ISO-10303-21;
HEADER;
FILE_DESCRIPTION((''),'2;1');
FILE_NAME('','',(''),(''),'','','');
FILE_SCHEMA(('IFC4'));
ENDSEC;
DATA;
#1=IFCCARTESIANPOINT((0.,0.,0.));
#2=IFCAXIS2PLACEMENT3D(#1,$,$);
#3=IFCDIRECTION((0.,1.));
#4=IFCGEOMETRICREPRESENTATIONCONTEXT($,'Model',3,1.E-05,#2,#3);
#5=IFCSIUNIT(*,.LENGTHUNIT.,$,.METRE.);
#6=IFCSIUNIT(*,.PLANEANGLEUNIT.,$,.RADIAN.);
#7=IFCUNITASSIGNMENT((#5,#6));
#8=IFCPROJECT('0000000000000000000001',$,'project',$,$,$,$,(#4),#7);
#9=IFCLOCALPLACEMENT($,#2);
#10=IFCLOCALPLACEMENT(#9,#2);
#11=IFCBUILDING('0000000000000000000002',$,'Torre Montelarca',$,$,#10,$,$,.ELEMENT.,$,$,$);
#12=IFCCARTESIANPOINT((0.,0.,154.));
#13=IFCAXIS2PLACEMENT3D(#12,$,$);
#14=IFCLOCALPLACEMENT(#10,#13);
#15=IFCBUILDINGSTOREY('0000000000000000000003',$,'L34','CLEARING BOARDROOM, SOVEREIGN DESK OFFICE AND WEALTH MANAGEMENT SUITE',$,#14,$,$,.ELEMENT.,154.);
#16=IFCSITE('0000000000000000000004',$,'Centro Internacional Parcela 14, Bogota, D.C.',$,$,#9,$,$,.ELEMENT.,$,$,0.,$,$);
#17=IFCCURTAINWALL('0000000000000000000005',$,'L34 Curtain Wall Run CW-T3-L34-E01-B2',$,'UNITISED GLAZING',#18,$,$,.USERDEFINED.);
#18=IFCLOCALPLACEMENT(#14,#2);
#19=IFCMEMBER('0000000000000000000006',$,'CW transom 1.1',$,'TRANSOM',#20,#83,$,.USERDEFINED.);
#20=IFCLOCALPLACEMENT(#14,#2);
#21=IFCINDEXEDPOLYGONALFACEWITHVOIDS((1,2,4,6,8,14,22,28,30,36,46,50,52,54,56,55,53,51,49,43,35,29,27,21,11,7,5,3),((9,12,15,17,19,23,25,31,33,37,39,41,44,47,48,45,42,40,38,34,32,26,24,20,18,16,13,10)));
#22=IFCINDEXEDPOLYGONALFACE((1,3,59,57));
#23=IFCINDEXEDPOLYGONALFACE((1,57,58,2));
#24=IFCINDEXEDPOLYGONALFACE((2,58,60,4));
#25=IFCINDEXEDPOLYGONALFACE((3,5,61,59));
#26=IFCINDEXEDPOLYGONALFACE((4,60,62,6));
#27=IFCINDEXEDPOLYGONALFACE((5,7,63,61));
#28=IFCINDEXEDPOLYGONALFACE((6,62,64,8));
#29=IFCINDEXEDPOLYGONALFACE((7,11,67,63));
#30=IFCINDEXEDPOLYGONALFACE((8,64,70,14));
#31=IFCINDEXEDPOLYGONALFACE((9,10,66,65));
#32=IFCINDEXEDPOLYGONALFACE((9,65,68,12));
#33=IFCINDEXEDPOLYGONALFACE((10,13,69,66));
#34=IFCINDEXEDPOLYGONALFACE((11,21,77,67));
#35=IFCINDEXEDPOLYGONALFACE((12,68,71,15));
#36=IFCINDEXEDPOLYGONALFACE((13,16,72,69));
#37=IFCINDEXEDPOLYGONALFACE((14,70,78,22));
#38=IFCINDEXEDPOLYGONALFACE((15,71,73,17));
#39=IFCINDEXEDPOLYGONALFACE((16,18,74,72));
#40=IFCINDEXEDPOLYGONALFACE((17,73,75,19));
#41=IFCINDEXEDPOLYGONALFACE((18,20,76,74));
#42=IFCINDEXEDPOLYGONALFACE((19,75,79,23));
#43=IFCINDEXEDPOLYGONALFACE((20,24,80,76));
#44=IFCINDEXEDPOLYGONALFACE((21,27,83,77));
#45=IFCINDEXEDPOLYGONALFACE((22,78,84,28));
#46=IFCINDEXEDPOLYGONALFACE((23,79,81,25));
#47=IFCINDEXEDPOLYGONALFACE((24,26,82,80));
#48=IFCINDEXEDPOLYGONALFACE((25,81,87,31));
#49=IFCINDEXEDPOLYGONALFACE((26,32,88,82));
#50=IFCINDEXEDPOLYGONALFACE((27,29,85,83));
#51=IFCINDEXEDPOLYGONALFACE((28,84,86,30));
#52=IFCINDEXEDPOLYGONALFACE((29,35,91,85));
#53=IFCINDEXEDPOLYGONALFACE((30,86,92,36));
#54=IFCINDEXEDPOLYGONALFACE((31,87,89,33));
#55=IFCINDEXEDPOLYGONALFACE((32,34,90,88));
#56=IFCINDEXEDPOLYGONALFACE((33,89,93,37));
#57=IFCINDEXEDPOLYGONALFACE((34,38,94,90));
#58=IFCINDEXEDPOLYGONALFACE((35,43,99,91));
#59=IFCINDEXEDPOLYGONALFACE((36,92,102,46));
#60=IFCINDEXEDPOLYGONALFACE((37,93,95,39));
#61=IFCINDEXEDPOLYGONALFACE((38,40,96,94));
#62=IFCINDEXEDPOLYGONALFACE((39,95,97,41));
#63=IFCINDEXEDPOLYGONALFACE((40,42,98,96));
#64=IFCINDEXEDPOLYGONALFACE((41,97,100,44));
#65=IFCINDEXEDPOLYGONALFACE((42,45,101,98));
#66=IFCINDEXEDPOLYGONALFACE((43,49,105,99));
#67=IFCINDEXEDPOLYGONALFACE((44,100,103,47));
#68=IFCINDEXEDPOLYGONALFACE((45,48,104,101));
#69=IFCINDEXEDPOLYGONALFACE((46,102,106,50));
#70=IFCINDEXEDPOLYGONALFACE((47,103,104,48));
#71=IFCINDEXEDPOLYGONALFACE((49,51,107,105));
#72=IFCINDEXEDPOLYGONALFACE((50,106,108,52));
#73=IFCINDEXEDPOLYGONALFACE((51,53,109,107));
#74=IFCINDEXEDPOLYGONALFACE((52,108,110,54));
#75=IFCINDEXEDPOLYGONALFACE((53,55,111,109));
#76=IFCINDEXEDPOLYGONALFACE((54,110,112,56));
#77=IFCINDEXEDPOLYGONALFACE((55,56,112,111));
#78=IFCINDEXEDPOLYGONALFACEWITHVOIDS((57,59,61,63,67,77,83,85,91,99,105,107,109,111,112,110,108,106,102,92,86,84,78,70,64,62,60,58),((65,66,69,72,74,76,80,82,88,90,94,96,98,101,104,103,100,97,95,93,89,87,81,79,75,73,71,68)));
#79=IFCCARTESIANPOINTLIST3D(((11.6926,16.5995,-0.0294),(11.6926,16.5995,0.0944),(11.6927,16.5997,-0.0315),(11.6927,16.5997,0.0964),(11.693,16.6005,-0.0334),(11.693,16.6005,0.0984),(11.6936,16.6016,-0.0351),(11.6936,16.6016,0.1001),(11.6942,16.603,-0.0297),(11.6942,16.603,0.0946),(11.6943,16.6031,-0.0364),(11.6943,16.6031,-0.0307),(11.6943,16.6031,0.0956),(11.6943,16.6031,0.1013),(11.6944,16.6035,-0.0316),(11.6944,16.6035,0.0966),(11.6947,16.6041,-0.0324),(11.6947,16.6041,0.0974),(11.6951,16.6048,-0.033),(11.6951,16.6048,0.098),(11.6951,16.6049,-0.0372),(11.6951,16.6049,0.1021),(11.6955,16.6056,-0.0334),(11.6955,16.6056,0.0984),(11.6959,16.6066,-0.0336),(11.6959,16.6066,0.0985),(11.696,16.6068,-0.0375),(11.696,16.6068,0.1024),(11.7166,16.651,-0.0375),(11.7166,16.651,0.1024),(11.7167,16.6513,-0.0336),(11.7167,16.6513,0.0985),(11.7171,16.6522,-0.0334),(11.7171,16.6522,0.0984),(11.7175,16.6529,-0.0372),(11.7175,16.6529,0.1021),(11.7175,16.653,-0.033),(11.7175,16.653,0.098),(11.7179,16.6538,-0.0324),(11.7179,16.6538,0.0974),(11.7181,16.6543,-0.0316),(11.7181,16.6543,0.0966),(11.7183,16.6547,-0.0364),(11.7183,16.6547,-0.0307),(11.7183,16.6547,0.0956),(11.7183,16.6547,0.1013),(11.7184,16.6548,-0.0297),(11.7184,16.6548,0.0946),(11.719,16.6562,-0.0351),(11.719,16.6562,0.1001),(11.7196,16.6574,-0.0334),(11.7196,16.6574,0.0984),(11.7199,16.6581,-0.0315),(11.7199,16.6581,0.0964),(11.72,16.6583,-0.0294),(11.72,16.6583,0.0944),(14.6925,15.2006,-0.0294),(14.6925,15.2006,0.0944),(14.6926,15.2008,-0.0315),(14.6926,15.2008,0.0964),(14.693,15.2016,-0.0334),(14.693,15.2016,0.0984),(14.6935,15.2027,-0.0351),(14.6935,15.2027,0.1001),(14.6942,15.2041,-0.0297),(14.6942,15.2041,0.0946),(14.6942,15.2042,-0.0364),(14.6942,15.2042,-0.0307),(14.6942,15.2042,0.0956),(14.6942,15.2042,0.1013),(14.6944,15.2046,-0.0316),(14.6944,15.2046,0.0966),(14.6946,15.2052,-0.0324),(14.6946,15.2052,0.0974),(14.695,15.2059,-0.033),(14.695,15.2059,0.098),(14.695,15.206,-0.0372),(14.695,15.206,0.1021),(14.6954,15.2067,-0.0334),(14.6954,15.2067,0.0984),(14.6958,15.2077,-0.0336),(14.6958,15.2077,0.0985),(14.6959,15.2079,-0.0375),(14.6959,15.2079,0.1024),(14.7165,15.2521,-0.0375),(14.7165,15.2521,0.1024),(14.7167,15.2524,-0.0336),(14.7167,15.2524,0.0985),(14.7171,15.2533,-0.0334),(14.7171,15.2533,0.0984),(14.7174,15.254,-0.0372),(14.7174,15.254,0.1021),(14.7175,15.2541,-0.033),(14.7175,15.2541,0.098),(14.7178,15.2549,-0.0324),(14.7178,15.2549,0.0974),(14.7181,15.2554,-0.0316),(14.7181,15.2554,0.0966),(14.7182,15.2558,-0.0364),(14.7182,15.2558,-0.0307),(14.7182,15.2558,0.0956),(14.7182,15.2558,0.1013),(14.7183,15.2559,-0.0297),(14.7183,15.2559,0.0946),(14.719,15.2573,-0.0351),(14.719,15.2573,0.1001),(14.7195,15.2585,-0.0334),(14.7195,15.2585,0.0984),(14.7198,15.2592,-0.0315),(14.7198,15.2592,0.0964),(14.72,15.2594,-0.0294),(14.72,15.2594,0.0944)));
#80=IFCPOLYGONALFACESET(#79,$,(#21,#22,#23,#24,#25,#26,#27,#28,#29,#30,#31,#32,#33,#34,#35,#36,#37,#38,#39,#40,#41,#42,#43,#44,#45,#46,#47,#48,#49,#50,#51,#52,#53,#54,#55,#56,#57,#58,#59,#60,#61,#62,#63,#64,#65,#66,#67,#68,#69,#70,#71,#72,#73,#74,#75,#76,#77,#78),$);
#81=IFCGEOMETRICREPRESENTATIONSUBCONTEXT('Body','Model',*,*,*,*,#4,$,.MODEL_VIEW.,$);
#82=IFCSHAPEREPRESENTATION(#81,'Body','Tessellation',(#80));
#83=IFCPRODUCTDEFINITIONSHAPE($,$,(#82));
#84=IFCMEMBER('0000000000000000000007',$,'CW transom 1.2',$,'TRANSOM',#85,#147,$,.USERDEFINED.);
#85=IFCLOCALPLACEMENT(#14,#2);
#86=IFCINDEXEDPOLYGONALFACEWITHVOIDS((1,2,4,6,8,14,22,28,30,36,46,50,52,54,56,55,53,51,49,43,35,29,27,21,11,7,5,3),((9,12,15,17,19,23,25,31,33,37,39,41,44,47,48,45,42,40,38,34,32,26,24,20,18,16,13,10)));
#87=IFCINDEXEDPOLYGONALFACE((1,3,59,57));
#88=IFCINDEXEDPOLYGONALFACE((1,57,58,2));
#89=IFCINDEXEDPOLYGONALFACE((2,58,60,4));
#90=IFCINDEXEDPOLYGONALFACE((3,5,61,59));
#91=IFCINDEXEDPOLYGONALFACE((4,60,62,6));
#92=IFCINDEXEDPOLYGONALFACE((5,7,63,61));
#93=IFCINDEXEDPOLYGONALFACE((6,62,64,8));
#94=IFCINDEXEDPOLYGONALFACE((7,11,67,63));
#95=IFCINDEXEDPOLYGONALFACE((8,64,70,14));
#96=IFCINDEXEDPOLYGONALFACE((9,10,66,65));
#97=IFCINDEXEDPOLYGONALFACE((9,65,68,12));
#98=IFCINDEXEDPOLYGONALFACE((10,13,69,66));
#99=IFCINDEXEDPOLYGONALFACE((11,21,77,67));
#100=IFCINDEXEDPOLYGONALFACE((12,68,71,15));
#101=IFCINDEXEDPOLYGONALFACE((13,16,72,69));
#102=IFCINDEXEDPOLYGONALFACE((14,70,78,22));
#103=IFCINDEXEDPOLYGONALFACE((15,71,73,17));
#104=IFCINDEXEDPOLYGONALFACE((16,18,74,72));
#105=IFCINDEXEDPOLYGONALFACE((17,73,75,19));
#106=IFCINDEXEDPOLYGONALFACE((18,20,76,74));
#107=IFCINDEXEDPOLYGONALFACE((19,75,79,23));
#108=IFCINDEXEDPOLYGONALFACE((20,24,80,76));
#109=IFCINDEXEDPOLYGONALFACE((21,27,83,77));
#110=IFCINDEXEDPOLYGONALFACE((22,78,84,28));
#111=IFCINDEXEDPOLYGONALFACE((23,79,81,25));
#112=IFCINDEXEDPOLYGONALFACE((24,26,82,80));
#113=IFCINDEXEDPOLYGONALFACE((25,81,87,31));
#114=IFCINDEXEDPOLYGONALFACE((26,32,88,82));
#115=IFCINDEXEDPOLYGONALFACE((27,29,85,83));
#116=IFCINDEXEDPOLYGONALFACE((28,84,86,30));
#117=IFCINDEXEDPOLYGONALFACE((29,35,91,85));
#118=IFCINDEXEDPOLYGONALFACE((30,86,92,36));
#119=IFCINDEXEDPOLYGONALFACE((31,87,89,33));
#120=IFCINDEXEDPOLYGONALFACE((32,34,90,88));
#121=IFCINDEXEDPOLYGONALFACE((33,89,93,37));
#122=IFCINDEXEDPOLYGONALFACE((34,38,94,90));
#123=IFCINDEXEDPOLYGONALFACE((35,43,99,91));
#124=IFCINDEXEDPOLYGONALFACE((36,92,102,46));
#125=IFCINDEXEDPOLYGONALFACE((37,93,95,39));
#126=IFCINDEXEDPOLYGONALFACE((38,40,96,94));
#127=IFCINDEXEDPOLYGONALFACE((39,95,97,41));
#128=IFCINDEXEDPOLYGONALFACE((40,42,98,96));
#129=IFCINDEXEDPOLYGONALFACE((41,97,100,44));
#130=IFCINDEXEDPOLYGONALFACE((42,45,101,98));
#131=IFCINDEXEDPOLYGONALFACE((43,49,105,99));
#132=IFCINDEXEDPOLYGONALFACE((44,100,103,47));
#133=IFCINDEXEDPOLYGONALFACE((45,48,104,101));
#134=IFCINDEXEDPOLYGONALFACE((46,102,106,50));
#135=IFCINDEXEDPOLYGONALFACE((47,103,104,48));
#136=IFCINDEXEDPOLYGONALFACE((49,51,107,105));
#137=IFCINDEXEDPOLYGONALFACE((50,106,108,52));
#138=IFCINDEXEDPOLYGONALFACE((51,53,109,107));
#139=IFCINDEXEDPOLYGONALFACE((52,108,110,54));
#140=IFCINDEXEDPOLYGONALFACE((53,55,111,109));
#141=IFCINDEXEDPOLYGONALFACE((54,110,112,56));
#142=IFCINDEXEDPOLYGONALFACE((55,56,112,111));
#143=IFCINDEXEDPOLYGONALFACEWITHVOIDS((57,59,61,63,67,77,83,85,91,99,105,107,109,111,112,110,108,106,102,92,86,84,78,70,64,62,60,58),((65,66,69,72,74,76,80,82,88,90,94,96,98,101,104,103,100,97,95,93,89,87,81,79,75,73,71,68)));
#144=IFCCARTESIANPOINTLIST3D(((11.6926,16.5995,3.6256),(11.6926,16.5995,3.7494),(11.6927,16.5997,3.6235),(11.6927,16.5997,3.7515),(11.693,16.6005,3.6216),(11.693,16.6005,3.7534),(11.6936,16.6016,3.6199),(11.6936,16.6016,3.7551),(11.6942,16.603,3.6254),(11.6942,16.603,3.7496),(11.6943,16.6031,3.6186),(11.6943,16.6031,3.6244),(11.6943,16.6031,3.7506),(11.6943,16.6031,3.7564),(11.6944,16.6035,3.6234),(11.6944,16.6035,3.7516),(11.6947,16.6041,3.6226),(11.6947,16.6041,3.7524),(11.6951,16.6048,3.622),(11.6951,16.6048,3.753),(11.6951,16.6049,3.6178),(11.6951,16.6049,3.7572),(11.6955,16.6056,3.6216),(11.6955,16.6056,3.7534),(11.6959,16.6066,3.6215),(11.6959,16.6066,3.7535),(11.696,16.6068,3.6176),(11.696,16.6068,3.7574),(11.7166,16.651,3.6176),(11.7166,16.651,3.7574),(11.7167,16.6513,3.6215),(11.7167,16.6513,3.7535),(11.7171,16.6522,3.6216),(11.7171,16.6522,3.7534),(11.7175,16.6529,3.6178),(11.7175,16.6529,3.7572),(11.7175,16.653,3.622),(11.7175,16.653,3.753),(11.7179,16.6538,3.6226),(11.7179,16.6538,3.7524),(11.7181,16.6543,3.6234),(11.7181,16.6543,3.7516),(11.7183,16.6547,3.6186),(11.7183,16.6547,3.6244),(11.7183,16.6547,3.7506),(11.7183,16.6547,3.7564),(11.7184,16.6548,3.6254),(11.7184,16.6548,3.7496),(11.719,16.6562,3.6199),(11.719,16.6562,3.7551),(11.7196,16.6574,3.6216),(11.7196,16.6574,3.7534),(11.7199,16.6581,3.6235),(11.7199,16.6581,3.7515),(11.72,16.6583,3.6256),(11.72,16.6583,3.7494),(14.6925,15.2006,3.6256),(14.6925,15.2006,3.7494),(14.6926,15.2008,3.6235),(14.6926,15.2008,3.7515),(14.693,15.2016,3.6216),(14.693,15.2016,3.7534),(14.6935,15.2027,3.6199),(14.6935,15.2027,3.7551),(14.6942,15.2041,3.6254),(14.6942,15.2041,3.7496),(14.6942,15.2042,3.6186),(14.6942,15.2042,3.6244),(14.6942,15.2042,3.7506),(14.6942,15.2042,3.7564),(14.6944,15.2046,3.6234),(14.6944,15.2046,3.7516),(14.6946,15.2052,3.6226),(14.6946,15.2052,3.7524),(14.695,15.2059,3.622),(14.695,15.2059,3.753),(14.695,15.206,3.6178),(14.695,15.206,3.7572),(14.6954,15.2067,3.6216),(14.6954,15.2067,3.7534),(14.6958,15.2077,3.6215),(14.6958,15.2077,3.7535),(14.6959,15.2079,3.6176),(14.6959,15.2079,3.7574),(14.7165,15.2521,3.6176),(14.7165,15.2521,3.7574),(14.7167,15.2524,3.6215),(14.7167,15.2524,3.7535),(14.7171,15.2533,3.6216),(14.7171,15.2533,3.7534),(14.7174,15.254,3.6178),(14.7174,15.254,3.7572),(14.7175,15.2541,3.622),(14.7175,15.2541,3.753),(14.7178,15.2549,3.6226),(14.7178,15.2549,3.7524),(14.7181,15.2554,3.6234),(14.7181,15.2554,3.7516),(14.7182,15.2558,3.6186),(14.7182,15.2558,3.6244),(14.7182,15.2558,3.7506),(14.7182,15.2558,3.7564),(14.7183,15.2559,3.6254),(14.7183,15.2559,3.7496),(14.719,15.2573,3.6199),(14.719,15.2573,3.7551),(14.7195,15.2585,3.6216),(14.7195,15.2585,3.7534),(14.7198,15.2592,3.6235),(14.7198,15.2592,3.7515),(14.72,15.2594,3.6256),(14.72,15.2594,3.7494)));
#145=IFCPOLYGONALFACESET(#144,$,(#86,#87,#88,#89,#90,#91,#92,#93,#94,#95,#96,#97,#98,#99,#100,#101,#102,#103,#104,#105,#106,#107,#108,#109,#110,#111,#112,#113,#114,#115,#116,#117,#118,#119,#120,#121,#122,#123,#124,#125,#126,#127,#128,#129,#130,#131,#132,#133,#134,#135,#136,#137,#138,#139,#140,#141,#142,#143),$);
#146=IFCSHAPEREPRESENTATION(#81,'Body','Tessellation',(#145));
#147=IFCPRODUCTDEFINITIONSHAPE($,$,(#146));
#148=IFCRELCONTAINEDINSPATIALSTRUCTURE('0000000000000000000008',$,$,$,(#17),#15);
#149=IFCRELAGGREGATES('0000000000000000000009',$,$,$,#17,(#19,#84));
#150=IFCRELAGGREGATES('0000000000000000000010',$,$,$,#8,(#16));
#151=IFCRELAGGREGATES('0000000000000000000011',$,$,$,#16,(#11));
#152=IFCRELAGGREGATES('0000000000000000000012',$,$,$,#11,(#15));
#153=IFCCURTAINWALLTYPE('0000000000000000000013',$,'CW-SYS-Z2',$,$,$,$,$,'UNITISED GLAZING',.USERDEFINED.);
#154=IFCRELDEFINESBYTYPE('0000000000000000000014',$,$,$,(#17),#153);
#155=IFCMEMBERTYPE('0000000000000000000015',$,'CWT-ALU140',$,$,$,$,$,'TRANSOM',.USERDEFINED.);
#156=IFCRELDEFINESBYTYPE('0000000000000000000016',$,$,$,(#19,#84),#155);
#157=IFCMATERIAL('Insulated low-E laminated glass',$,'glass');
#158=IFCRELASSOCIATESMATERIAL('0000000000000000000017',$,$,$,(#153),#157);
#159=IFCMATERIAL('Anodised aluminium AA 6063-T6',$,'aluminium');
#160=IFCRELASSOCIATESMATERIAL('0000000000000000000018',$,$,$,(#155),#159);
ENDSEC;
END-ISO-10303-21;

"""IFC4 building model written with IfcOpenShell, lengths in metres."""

from ifc_helpers import new_model, si_unit, direction, frame, origin, origin_2d, place, context, subcontext, project, spatial, hollow_rectangle, extrude, source, transform, mapped, material, material_profile, profile_set, type_object, element, aggregate, save


model = new_model("IFC4")

# Units and contexts
model_context = context("Model", 3, precision=1e-05, world=origin(), true_north=direction((0.0, 1.0)))
body_context = subcontext(model_context, "Body", "Model", "MODEL_VIEW")
ifc_project = project(units=[si_unit("LENGTHUNIT", "METRE"), si_unit("PLANEANGLEUNIT", "RADIAN")], contexts=[model_context])

# Site, building, storey
site_placement = place(None, origin())
site = spatial("IfcSite", under=ifc_project, at=site_placement, Name="Centro Internacional Parcela 14, Bogota, D.C.", CompositionType="ELEMENT", RefElevation=0.0)
building_placement = place(site_placement, origin())
building = spatial("IfcBuilding", under=site, at=building_placement, Name="Torre Montelarca", CompositionType="ELEMENT")
storey_placement = place(building_placement, frame((0.0, 0.0, 154.0)))
storey = spatial("IfcBuildingStorey", under=building, at=storey_placement, Name="L34", Description="CLEARING BOARDROOM, SOVEREIGN DESK OFFICE AND WEALTH MANAGEMENT SUITE", CompositionType="ELEMENT", Elevation=154.0)

# Shared definitions
ifc_material_1 = material(Name="Insulated low-E laminated glass", Category="glass")
curtain_wall_type = type_object("IfcCurtainWallType", Name="CW-SYS-Z2", ElementType="UNITISED GLAZING", PredefinedType="USERDEFINED", material=ifc_material_1)
ifc_material_2 = material(Name="Anodised aluminium AA 6063-T6", Category="aluminium")

# Curtain wall
curtain_wall_1_placement = place(storey_placement, origin())
curtain_wall_1 = element("IfcCurtainWall", 1, at=curtain_wall_1_placement, inside=storey, type_object=curtain_wall_type, Name="L34 Curtain Wall Run CW-T3-L34-E01-B2", ObjectType="UNITISED GLAZING", PredefinedType="USERDEFINED")

# Members
ifc_material_profile_1 = material_profile(ifc_material_2, hollow_rectangle(XDim=0.0649, YDim=0.1399, WallThickness=0.0039, InnerFilletRadius=0.0039, OuterFilletRadius=0.0081, at=origin_2d()), Name="ALU65X140X4", Category="aluminium")
ifc_profile_set_1 = profile_set([ifc_material_profile_1], Name="Anodised aluminium AA 6063-T6")
member_type_1 = type_object("IfcMemberType", Name="CWT-ALU140", ElementType="TRANSOM", PredefinedType="USERDEFINED", material=ifc_profile_set_1)
shared_shape_1 = source(origin(), body_context, "Body", "SweptSolid", [
    extrude(hollow_rectangle(XDim=0.0649, YDim=0.1399, WallThickness=0.0039, InnerFilletRadius=0.0039, OuterFilletRadius=0.0081, at=origin_2d()), origin(), (0.0, 0.0, 1.0), 3.3101),
])
member_1_placement = place(storey_placement, frame((11.7063, 16.6289, 0.0325), z_axis=(0.906307, -0.422619, 0.0), x_axis=(0.422619, 0.906307, 0.0)))
member_1 = element("IfcMember", 2, at=member_1_placement, type_object=member_type_1, Name="CW transom 1.1", ObjectType="TRANSOM", PredefinedType="USERDEFINED", context=body_context, shape_type="MappedRepresentation", body=[
    mapped(shared_shape_1, transform((0.0, 0.0, 0.0), scale=1.0)),
])
member_2_placement = place(storey_placement, frame((11.7063, 16.6289, 3.6875), z_axis=(0.906307, -0.422619, 0.0), x_axis=(0.422619, 0.906307, 0.0)))
member_2 = element("IfcMember", 3, at=member_2_placement, type_object=member_type_1, Name="CW transom 1.2", ObjectType="TRANSOM", PredefinedType="USERDEFINED", context=body_context, shape_type="MappedRepresentation", body=[
    mapped(shared_shape_1, transform((0.0, 0.0, 0.0), scale=1.0)),
])

aggregate(curtain_wall_1, [member_1, member_2])

save(model, "model.ifc")
